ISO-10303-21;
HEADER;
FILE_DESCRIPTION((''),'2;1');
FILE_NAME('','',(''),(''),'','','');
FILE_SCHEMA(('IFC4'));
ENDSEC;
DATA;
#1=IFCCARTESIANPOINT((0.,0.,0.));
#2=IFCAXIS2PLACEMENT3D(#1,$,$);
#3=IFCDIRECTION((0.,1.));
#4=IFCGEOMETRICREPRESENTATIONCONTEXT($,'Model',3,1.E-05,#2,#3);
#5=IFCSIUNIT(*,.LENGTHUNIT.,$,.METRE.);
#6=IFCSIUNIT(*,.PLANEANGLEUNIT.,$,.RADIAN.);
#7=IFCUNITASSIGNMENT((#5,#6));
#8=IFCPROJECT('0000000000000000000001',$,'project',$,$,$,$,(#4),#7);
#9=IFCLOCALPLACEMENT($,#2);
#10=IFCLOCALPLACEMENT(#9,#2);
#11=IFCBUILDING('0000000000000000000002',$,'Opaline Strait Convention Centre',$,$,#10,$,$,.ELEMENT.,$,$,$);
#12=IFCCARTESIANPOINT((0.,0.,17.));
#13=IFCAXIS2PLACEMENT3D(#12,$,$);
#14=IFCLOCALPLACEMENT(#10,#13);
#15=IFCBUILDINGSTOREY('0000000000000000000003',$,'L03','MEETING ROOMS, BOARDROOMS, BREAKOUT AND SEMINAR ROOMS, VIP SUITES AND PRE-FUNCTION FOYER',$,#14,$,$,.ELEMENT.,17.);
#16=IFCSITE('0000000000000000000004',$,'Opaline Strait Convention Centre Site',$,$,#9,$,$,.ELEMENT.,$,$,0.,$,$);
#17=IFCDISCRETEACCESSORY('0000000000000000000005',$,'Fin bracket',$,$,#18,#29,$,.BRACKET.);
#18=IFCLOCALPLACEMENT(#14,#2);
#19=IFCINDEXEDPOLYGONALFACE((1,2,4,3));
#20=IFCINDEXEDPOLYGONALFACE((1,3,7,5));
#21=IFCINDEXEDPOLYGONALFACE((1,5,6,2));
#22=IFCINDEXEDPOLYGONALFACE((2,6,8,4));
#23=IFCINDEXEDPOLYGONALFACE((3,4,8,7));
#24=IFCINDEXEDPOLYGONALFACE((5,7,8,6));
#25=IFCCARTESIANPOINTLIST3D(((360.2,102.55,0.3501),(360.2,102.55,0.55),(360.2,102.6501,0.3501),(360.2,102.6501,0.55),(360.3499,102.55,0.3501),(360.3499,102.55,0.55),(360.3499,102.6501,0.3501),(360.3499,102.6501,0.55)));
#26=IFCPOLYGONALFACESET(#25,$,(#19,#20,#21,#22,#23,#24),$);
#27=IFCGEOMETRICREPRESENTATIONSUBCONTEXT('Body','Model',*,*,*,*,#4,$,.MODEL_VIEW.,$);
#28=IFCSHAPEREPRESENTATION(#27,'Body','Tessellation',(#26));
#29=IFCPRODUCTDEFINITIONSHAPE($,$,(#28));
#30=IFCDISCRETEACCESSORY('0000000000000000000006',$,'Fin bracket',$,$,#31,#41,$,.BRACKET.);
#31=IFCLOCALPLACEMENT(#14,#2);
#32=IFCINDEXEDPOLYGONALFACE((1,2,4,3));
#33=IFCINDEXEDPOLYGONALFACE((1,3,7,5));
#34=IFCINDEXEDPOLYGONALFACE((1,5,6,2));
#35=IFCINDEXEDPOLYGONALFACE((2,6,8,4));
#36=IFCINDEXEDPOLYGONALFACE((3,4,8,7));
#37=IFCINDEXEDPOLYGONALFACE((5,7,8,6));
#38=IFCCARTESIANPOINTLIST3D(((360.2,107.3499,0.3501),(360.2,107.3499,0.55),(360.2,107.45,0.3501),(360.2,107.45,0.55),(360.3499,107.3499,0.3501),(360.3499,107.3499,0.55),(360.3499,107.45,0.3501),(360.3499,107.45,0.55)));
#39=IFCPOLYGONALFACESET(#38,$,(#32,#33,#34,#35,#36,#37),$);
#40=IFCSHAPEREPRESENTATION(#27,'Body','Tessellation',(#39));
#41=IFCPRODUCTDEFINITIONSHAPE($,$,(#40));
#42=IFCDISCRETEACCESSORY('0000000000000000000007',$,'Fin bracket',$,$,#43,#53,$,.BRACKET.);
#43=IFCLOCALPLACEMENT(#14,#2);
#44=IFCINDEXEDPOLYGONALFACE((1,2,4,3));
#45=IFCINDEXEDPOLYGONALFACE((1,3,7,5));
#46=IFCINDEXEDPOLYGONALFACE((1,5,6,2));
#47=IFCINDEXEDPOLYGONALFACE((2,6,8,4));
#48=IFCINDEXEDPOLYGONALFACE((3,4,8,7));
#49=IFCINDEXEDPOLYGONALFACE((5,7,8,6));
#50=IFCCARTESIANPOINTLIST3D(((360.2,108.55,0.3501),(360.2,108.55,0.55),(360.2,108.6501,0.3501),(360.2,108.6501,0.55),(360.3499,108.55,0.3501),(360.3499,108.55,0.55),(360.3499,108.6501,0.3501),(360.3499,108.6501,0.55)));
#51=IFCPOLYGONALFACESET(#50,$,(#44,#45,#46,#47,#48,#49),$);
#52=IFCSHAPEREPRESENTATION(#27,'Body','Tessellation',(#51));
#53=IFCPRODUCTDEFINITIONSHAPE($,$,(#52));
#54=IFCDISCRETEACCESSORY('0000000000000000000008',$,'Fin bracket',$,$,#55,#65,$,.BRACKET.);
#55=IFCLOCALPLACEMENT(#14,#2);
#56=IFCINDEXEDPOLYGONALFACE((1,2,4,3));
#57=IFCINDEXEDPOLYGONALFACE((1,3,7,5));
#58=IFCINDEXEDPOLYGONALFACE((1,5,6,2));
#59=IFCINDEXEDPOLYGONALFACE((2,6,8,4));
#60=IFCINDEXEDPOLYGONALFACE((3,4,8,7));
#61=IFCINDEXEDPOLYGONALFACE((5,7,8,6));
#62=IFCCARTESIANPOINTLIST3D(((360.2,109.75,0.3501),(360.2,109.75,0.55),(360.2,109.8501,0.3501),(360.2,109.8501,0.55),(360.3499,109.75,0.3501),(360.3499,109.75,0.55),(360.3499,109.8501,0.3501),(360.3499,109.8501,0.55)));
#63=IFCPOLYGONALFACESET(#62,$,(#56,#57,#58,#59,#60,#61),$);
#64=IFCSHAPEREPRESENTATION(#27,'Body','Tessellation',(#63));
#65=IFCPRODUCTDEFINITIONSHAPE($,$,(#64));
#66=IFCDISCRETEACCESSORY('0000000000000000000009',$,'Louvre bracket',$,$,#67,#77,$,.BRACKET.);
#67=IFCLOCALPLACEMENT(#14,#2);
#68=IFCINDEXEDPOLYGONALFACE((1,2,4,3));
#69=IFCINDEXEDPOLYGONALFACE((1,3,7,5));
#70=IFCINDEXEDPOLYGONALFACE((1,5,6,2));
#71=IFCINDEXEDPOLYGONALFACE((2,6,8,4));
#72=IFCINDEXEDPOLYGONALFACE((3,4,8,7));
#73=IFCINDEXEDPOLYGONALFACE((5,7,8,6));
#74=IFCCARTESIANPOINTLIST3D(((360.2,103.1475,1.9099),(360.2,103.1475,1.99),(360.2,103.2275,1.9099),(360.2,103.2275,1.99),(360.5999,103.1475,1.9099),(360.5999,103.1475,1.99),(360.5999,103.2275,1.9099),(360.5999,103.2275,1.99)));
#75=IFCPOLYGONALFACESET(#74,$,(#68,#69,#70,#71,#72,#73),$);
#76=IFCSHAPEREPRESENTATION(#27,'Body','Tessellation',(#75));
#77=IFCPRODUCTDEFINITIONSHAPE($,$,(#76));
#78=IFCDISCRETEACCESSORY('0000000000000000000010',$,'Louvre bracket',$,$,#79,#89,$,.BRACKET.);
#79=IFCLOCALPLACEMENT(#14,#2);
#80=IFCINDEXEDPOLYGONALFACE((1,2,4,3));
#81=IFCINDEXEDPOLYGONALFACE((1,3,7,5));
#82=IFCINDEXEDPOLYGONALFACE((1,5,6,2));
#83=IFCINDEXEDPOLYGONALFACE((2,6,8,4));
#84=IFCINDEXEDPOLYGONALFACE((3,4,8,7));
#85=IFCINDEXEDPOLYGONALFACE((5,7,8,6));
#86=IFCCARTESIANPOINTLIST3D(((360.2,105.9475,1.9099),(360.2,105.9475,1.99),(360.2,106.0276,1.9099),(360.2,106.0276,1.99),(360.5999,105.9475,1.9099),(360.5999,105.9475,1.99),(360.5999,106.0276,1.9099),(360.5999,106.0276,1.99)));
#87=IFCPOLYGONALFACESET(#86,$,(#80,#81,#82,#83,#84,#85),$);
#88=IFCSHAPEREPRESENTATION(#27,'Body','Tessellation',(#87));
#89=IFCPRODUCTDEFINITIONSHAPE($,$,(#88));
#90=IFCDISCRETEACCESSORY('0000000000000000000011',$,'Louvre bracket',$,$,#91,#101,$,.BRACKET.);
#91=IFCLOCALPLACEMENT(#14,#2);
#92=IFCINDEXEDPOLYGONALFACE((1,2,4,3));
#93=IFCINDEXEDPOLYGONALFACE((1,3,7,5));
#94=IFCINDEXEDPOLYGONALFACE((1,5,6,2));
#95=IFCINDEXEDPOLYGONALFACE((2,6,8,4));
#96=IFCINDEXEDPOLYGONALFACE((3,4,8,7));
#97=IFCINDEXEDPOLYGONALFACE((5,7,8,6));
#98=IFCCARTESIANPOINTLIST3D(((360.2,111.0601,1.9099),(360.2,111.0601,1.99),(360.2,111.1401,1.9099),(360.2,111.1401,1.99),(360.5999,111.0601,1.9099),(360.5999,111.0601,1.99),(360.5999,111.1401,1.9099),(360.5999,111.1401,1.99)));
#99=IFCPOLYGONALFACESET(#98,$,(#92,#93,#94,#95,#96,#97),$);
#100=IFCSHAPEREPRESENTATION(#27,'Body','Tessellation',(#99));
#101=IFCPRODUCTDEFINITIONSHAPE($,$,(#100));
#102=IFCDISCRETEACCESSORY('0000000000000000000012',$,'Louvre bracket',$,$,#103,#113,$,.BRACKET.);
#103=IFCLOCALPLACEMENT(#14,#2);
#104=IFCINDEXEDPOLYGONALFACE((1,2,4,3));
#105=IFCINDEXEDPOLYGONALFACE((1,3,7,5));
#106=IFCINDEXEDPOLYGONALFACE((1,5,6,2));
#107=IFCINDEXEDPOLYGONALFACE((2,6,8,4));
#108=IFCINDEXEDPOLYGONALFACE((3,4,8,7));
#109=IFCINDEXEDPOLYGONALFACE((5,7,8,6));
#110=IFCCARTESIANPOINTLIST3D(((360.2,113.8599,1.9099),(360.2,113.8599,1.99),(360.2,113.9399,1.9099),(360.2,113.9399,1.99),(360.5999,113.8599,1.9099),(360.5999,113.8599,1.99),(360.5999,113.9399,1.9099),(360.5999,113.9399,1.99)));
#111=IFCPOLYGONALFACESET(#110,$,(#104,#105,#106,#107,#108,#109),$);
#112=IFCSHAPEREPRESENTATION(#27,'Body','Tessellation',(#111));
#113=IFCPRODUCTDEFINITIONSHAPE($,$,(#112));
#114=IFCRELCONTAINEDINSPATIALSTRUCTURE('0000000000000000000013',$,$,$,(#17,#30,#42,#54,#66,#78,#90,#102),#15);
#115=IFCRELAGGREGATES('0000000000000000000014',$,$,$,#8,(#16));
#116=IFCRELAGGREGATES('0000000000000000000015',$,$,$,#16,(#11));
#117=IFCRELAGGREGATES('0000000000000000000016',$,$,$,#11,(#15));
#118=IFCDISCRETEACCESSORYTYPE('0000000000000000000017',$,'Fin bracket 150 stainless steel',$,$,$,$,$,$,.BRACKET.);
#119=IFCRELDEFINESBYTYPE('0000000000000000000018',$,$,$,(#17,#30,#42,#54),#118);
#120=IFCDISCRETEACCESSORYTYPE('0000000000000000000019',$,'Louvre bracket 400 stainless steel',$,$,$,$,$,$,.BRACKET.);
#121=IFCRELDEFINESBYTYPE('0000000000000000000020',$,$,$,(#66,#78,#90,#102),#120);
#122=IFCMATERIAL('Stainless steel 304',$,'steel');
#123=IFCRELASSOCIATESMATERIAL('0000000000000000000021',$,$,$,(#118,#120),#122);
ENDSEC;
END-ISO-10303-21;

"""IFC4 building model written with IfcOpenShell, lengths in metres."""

from ifc_helpers import new_model, si_unit, direction, frame, origin, origin_2d, place, context, subcontext, project, spatial, rectangle, extrude, material, type_object, element, save


model = new_model("IFC4")

# Units and contexts
model_context = context("Model", 3, precision=1e-05, world=origin(), true_north=direction((0.0, 1.0)))
body_context = subcontext(model_context, "Body", "Model", "MODEL_VIEW")
ifc_project = project(units=[si_unit("LENGTHUNIT", "METRE"), si_unit("PLANEANGLEUNIT", "RADIAN")], contexts=[model_context])

# Site, building, storey
site_placement = place(None, origin())
site = spatial("IfcSite", under=ifc_project, at=site_placement, Name="Opaline Strait Convention Centre Site", CompositionType="ELEMENT", RefElevation=0.0)
building_placement = place(site_placement, origin())
building = spatial("IfcBuilding", under=site, at=building_placement, Name="Opaline Strait Convention Centre", CompositionType="ELEMENT")
storey_placement = place(building_placement, frame((0.0, 0.0, 17.0)))
storey = spatial("IfcBuildingStorey", under=building, at=storey_placement, Name="L03", Description="MEETING ROOMS, BOARDROOMS, BREAKOUT AND SEMINAR ROOMS, VIP SUITES AND PRE-FUNCTION FOYER", CompositionType="ELEMENT", Elevation=17.0)

# Discrete accessories
ifc_material_1 = material(Name="Stainless steel 304", Category="steel")
discrete_accessory_type_1 = type_object("IfcDiscreteAccessoryType", Name="Fin bracket 150 stainless steel", PredefinedType="BRACKET", material=ifc_material_1)
for number, where, z_axis, x_axis, name in (
    (1, (360.2749, 102.6001, 0.3501), (0.0, 0.0, 1.0), (1.0, 0.0, 0.0), "Fin bracket"),
    (2, (360.2749, 107.3999, 0.3501), (0.0, 0.0, 1.0), (1.0, 0.0, 0.0), "Fin bracket"),
    (3, (360.2749, 108.6001, 0.3501), (0.0, 0.0, 1.0), (1.0, 0.0, 0.0), "Fin bracket"),
    (4, (360.2749, 109.8, 0.3501), (0.0, 0.0, 1.0), (1.0, 0.0, 0.0), "Fin bracket"),
):
    element("IfcDiscreteAccessory", number, at=place(storey_placement, frame(where, z_axis=z_axis, x_axis=x_axis)), inside=storey, type_object=discrete_accessory_type_1, Name=name, PredefinedType="BRACKET", context=body_context, shape_type="SweptSolid", body=[
        extrude(rectangle(XDim=0.1499, YDim=0.1001, at=origin_2d()), origin(), (0.0, 0.0, 1.0), 0.2),
    ])
discrete_accessory_type_2 = type_object("IfcDiscreteAccessoryType", Name="Louvre bracket 400 stainless steel", PredefinedType="BRACKET", material=ifc_material_1)
for number, where, z_axis, x_axis, name in (
    (5, (360.3999, 103.1875, 1.9099), (0.0, 0.0, 1.0), (1.0, 0.0, 0.0), "Louvre bracket"),
    (6, (360.3999, 105.9875, 1.9099), (0.0, 0.0, 1.0), (1.0, 0.0, 0.0), "Louvre bracket"),
    (7, (360.3999, 111.1001, 1.9099), (0.0, 0.0, 1.0), (1.0, 0.0, 0.0), "Louvre bracket"),
    (8, (360.3999, 113.8999, 1.9099), (0.0, 0.0, 1.0), (1.0, 0.0, 0.0), "Louvre bracket"),
):
    element("IfcDiscreteAccessory", number, at=place(storey_placement, frame(where, z_axis=z_axis, x_axis=x_axis)), inside=storey, type_object=discrete_accessory_type_2, Name=name, PredefinedType="BRACKET", context=body_context, shape_type="SweptSolid", body=[
        extrude(rectangle(XDim=0.3999, YDim=0.0801, at=origin_2d()), origin(), (0.0, 0.0, 1.0), 0.0801),
    ])

save(model, "model.ifc")
